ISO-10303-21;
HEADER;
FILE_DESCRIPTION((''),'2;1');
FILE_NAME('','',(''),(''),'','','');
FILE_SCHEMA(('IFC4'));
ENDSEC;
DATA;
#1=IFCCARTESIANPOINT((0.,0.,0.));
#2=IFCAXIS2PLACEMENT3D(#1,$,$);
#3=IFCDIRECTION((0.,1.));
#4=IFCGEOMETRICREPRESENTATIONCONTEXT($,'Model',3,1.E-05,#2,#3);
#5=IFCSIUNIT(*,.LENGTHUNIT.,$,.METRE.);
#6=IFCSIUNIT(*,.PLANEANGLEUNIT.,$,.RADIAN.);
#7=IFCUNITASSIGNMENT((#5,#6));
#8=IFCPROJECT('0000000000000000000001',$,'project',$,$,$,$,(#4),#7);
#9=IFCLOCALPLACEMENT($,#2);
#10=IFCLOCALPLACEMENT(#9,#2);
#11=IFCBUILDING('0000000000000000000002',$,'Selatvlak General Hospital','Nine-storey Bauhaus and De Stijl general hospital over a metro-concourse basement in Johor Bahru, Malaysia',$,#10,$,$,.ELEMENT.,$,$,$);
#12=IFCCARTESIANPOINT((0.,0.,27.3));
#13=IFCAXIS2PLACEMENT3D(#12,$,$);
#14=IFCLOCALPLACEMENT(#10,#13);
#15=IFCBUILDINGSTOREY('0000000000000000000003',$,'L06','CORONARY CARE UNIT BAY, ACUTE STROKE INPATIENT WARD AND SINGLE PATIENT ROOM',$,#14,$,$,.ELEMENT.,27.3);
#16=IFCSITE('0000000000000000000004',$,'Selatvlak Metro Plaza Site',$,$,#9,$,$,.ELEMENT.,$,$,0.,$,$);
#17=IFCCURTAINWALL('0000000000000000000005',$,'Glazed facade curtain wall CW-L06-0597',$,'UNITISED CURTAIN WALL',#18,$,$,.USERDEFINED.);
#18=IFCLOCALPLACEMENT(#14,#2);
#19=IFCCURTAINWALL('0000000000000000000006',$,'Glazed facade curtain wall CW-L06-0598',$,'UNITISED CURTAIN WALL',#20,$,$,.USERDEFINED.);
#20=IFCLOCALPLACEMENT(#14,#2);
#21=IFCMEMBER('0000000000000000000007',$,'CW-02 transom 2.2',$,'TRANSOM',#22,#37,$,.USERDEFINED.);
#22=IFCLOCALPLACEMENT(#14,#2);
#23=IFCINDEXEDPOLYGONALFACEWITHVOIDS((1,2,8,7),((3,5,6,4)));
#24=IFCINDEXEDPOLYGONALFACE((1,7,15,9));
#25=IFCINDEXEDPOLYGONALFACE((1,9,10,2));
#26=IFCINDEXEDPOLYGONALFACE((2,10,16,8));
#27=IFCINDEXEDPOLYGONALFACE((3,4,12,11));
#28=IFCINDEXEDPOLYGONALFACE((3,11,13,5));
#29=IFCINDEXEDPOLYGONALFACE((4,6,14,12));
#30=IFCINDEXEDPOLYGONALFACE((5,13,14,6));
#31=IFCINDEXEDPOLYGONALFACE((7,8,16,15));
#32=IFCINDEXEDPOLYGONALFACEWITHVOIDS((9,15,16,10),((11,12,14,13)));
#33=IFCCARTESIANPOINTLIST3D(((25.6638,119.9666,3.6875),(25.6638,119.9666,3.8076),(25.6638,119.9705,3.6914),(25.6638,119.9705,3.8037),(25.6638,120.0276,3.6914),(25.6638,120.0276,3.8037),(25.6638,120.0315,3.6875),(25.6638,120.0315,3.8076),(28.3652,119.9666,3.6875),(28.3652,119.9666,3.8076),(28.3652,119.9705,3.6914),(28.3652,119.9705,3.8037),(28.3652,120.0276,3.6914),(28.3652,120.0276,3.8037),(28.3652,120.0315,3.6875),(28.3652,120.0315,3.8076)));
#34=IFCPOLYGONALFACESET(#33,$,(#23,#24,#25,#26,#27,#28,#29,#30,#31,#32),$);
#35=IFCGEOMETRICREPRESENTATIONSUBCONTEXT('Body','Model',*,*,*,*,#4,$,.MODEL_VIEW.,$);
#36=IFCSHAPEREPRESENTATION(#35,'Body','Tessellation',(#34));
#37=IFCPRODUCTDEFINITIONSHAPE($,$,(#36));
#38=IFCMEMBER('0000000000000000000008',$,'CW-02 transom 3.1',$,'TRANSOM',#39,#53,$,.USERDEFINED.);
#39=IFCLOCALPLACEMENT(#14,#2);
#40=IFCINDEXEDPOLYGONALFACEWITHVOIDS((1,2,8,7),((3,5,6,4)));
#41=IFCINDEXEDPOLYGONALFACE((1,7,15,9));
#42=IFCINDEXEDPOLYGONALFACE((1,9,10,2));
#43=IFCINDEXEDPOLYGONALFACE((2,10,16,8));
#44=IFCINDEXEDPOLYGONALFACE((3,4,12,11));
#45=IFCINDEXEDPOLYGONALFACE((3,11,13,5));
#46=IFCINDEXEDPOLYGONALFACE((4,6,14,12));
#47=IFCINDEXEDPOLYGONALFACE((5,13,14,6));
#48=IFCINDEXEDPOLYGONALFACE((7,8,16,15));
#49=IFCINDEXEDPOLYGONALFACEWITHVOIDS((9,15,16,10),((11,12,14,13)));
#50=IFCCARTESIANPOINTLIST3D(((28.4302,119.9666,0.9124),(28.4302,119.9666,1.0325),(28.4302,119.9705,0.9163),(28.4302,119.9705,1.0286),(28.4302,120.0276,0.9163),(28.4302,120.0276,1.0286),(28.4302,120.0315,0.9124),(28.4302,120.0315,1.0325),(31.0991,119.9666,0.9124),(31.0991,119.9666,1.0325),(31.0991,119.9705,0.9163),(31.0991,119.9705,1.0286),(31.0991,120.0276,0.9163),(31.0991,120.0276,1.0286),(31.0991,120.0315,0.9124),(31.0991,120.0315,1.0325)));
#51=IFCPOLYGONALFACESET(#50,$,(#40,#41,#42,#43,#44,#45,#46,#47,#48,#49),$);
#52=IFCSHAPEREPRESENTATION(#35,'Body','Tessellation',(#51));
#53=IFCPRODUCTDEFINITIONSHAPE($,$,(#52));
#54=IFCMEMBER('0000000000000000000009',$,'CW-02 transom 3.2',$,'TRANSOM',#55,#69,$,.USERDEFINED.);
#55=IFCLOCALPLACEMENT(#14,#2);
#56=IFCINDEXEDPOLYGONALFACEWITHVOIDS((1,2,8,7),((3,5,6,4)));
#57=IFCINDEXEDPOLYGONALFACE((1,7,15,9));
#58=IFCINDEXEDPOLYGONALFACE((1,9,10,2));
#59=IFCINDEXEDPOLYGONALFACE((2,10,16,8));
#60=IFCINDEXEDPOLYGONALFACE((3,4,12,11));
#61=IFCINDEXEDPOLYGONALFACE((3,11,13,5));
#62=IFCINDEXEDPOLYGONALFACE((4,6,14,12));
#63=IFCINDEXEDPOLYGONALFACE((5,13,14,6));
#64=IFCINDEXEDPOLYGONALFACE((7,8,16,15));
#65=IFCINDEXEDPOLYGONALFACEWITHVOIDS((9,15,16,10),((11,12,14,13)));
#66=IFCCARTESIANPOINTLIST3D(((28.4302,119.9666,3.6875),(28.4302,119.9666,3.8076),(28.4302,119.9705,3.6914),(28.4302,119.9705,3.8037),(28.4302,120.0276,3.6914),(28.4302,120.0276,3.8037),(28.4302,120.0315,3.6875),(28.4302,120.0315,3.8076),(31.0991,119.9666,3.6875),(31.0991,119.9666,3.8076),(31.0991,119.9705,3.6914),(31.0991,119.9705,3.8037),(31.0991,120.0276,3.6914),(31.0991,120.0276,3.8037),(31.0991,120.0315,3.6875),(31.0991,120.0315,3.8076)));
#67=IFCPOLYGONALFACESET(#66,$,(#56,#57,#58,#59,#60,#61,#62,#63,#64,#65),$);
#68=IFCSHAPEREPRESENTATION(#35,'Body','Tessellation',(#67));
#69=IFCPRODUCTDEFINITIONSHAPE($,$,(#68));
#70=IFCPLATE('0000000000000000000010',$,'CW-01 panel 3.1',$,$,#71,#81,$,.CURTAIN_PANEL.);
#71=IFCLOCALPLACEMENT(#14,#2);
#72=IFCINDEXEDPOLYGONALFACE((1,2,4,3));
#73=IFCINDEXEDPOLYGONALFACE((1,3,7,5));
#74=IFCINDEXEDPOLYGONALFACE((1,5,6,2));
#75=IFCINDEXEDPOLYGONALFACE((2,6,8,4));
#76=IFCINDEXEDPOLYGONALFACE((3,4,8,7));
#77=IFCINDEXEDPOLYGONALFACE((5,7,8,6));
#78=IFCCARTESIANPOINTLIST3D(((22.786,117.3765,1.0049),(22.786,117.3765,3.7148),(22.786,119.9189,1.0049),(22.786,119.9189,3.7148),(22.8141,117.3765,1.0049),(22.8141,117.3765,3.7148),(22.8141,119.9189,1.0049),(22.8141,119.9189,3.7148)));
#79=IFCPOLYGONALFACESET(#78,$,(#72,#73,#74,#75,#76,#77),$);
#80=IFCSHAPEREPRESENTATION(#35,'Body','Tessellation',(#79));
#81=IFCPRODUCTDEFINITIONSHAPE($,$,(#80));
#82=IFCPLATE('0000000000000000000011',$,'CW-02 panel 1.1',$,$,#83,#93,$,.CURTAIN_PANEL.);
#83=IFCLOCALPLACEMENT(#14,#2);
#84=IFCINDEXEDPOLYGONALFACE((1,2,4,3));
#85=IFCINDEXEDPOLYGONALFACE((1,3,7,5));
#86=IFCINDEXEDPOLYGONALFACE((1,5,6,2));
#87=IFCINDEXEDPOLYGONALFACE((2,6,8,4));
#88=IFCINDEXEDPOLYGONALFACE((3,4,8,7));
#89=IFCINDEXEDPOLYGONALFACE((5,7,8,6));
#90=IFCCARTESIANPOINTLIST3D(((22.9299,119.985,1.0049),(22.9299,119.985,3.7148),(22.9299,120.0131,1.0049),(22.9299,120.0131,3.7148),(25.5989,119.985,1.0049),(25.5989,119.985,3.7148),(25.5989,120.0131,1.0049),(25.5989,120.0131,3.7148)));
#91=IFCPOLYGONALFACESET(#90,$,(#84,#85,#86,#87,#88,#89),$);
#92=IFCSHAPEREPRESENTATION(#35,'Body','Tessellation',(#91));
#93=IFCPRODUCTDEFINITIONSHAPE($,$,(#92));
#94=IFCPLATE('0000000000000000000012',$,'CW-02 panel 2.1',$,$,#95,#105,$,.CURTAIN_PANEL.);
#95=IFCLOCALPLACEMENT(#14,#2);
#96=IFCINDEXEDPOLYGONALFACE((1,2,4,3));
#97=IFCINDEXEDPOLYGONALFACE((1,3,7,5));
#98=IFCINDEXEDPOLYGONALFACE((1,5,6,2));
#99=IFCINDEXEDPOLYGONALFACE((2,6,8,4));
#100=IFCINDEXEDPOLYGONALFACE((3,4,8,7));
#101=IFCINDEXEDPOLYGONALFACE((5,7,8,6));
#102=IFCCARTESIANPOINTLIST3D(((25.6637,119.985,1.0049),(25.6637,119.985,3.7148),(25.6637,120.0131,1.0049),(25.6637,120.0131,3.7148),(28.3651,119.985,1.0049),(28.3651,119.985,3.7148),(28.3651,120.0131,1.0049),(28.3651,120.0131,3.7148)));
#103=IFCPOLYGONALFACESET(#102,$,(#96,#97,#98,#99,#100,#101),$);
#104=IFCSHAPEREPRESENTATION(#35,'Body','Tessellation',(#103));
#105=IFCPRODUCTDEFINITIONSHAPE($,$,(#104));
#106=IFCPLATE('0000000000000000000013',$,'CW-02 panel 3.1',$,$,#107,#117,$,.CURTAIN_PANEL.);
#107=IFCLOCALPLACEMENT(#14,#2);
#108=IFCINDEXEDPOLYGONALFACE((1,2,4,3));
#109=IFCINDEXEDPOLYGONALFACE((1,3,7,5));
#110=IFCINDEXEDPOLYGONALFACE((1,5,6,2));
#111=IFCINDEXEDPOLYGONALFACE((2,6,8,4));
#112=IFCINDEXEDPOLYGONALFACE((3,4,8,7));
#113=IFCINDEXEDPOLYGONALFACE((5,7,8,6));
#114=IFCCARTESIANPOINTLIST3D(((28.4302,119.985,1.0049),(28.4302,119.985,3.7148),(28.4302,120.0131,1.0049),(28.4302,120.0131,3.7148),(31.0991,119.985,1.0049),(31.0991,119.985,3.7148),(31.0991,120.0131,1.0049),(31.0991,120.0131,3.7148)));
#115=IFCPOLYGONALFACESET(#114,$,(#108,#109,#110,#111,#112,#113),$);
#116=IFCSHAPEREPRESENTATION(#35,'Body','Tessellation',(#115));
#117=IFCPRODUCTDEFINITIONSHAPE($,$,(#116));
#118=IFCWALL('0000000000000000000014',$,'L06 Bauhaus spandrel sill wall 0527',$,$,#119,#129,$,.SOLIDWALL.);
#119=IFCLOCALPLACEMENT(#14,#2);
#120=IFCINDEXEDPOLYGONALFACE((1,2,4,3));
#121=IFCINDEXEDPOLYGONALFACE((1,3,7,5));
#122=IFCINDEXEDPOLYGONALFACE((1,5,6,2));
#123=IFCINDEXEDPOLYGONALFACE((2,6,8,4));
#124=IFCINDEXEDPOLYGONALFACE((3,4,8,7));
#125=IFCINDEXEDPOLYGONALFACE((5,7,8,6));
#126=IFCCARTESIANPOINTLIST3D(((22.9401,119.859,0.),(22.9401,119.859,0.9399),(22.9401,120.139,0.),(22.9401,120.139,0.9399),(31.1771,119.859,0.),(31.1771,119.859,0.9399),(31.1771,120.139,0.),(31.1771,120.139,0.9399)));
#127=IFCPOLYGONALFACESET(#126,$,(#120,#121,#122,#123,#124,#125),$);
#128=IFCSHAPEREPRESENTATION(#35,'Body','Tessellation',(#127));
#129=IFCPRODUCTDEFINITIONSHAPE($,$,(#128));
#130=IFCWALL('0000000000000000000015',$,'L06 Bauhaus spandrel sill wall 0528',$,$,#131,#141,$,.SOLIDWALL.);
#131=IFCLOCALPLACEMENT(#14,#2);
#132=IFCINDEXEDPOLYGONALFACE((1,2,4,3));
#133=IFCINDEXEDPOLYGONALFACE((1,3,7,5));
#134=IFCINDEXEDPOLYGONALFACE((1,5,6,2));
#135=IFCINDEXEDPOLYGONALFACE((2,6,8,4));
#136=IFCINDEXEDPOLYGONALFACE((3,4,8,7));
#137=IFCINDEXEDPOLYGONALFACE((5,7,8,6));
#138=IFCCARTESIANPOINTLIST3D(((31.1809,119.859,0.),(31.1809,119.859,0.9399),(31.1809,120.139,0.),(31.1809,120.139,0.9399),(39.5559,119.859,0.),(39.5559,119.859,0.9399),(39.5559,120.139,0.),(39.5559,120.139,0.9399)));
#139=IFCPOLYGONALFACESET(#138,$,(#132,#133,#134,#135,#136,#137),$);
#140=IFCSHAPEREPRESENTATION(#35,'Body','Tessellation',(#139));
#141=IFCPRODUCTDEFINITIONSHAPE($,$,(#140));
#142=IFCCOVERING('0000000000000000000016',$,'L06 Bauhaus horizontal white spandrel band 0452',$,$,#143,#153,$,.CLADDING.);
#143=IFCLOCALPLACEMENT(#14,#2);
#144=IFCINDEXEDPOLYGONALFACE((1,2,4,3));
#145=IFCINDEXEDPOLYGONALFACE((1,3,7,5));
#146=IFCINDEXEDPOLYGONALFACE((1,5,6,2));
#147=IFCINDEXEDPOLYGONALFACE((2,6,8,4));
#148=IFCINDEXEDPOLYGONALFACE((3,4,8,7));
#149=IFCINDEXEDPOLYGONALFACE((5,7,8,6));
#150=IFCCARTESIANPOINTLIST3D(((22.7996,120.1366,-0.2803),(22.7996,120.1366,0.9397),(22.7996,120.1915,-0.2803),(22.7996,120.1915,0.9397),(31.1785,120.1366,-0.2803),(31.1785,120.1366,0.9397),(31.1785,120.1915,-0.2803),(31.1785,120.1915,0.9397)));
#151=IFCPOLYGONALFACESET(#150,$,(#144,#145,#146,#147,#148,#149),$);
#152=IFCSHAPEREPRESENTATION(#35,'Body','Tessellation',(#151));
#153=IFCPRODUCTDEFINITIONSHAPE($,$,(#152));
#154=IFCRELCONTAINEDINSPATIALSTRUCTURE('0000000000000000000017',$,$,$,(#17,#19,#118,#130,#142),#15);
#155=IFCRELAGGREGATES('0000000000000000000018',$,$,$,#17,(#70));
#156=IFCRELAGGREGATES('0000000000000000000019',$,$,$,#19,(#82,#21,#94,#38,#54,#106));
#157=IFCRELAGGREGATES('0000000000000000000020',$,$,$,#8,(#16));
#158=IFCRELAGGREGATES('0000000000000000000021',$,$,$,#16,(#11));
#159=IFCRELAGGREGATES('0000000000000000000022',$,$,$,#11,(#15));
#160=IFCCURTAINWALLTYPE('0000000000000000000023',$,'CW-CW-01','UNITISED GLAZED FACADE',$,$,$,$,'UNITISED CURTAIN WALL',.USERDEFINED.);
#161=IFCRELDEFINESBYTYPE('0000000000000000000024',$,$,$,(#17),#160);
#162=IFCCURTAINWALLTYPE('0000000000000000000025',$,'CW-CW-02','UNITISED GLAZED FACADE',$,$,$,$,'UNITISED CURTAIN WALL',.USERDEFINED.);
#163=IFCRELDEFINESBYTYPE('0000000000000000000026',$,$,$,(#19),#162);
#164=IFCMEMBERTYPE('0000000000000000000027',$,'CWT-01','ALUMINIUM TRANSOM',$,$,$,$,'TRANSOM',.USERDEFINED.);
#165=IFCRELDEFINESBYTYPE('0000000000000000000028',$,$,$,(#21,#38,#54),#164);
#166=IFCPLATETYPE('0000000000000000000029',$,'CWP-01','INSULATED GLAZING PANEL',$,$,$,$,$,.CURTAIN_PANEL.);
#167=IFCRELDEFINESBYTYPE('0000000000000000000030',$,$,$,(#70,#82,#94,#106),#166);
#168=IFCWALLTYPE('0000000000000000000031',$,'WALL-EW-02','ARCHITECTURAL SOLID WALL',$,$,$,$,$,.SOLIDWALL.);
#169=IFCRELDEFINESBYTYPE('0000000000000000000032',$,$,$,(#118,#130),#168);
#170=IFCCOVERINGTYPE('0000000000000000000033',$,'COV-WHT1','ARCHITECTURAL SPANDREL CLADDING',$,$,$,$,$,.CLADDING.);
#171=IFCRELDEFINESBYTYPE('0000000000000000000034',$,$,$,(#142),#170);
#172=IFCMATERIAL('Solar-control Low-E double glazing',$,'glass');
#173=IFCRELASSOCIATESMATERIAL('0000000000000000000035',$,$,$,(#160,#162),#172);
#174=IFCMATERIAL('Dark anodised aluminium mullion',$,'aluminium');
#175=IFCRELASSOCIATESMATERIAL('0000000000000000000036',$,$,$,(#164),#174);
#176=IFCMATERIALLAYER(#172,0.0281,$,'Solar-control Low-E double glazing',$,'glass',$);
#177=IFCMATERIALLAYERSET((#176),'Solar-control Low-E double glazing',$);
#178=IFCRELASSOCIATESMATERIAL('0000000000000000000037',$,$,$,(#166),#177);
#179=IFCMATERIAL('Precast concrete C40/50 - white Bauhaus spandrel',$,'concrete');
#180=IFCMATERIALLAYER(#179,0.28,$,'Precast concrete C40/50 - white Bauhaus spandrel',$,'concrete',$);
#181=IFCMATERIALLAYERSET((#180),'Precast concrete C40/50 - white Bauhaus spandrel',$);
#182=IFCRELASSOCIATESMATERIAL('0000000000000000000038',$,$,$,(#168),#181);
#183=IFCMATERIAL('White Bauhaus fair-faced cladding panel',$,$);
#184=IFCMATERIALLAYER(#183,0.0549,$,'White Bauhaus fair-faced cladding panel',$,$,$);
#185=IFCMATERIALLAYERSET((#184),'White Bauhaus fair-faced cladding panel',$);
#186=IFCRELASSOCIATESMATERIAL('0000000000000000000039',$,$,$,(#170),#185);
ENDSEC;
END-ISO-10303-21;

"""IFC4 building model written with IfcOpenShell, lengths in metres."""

from ifc_helpers import new_model, si_unit, direction, frame, frame_2d, origin, origin_2d, place, context, subcontext, project, spatial, rectangle, hollow_rectangle, extrude, material, layer, layer_set, material_profile, profile_set, type_object, element, aggregate, save


model = new_model("IFC4")

# Units and contexts
model_context = context("Model", 3, precision=1e-05, world=origin(), true_north=direction((0.0, 1.0)))
body_context = subcontext(model_context, "Body", "Model", "MODEL_VIEW")
ifc_project = project(units=[si_unit("LENGTHUNIT", "METRE"), si_unit("PLANEANGLEUNIT", "RADIAN")], contexts=[model_context])

# Site, building, storey
site_placement = place(None, origin())
site = spatial("IfcSite", under=ifc_project, at=site_placement, Name="Selatvlak Metro Plaza Site", CompositionType="ELEMENT", RefElevation=0.0)
building_placement = place(site_placement, origin())
building = spatial("IfcBuilding", under=site, at=building_placement, Name="Selatvlak General Hospital", Description="Nine-storey Bauhaus and De Stijl general hospital over a metro-concourse basement in Johor Bahru, Malaysia", CompositionType="ELEMENT")
storey_placement = place(building_placement, frame((0.0, 0.0, 27.3)))
storey = spatial("IfcBuildingStorey", under=building, at=storey_placement, Name="L06", Description="CORONARY CARE UNIT BAY, ACUTE STROKE INPATIENT WARD AND SINGLE PATIENT ROOM", CompositionType="ELEMENT", Elevation=27.3)

# Curtain wall
ifc_material_1 = material(Name="Solar-control Low-E double glazing", Category="glass")
curtain_wall_type_1 = type_object("IfcCurtainWallType", Name="CW-CW-01", Description="UNITISED GLAZED FACADE", ElementType="UNITISED CURTAIN WALL", PredefinedType="USERDEFINED", material=ifc_material_1)
curtain_wall_1_placement = place(storey_placement, origin())
curtain_wall_1 = element("IfcCurtainWall", 1, at=curtain_wall_1_placement, inside=storey, type_object=curtain_wall_type_1, Name="Glazed facade curtain wall CW-L06-0597", ObjectType="UNITISED CURTAIN WALL", PredefinedType="USERDEFINED")
ifc_material_2 = material(Name="Dark anodised aluminium mullion", Category="aluminium")

# Curtain wall
curtain_wall_type_2 = type_object("IfcCurtainWallType", Name="CW-CW-02", Description="UNITISED GLAZED FACADE", ElementType="UNITISED CURTAIN WALL", PredefinedType="USERDEFINED", material=ifc_material_1)
curtain_wall_2_placement = place(storey_placement, origin())
curtain_wall_2 = element("IfcCurtainWall", 2, at=curtain_wall_2_placement, inside=storey, type_object=curtain_wall_type_2, Name="Glazed facade curtain wall CW-L06-0598", ObjectType="UNITISED CURTAIN WALL", PredefinedType="USERDEFINED")

# Members
ifc_material_profile_1 = material_profile(ifc_material_2, hollow_rectangle(XDim=0.0649, YDim=0.1201, WallThickness=0.0039, at=origin_2d()), Name="AL-TRN 65x120x4")
ifc_profile_set_1 = profile_set([ifc_material_profile_1], Name="Dark anodised aluminium mullion")
member_type_1 = type_object("IfcMemberType", Name="CWT-01", Description="ALUMINIUM TRANSOM", ElementType="TRANSOM", PredefinedType="USERDEFINED", material=ifc_profile_set_1)
member_1_placement = place(storey_placement, frame((25.6638, 119.999, 3.7476), z_axis=(1.0, 0.0, 0.0), x_axis=(0.0, 1.0, 0.0)))
member_1 = element("IfcMember", 3, at=member_1_placement, type_object=member_type_1, Name="CW-02 transom 2.2", ObjectType="TRANSOM", PredefinedType="USERDEFINED", context=body_context, shape_type="SweptSolid", body=[
    extrude(hollow_rectangle(XDim=0.0649, YDim=0.1201, WallThickness=0.0039, at=origin_2d()), origin(), (0.0, 0.0, 1.0), 2.7014),
])
member_2_placement = place(storey_placement, frame((28.4302, 119.999, 0.9724), z_axis=(1.0, 0.0, 0.0), x_axis=(0.0, 1.0, 0.0)))
member_2 = element("IfcMember", 4, at=member_2_placement, type_object=member_type_1, Name="CW-02 transom 3.1", ObjectType="TRANSOM", PredefinedType="USERDEFINED", context=body_context, shape_type="SweptSolid", body=[
    extrude(hollow_rectangle(XDim=0.0649, YDim=0.1201, WallThickness=0.0039, at=origin_2d()), origin(), (0.0, 0.0, 1.0), 2.6689),
])
member_3_placement = place(storey_placement, frame((28.4302, 119.999, 3.7476), z_axis=(1.0, 0.0, 0.0), x_axis=(0.0, 1.0, 0.0)))
member_3 = element("IfcMember", 5, at=member_3_placement, type_object=member_type_1, Name="CW-02 transom 3.2", ObjectType="TRANSOM", PredefinedType="USERDEFINED", context=body_context, shape_type="SweptSolid", body=[
    extrude(hollow_rectangle(XDim=0.0649, YDim=0.1201, WallThickness=0.0039, at=origin_2d()), origin(), (0.0, 0.0, 1.0), 2.6689),
])

# Plates
ifc_layer_1 = layer(ifc_material_1, 0.0281, Name="Solar-control Low-E double glazing", Category="glass")
ifc_layer_set_1 = layer_set([ifc_layer_1], Name="Solar-control Low-E double glazing")
plate_type = type_object("IfcPlateType", Name="CWP-01", Description="INSULATED GLAZING PANEL", PredefinedType="CURTAIN_PANEL", material=ifc_layer_set_1)
plate_1_placement = place(storey_placement, frame((22.8, 118.6477, 1.0049), z_axis=(0.0, 0.0, 1.0), x_axis=(0.0, 1.0, 0.0)))
plate_1 = element("IfcPlate", 6, at=plate_1_placement, type_object=plate_type, Name="CW-01 panel 3.1", PredefinedType="CURTAIN_PANEL", context=body_context, shape_type="SweptSolid", body=[
    extrude(rectangle(XDim=2.5425, YDim=0.0281, at=origin_2d()), origin(), (0.0, 0.0, 1.0), 2.71),
])
aggregate(curtain_wall_1, [plate_1])
plate_2_placement = place(storey_placement, frame((24.2644, 119.999, 1.0049), z_axis=(0.0, 0.0, 1.0), x_axis=(1.0, 0.0, 0.0)))
plate_2 = element("IfcPlate", 7, at=plate_2_placement, type_object=plate_type, Name="CW-02 panel 1.1", PredefinedType="CURTAIN_PANEL", context=body_context, shape_type="SweptSolid", body=[
    extrude(rectangle(XDim=2.6689, YDim=0.0281, at=origin_2d()), origin(), (0.0, 0.0, 1.0), 2.71),
])
plate_3_placement = place(storey_placement, frame((27.0144, 119.999, 1.0049), z_axis=(0.0, 0.0, 1.0), x_axis=(1.0, 0.0, 0.0)))
plate_3 = element("IfcPlate", 8, at=plate_3_placement, type_object=plate_type, Name="CW-02 panel 2.1", PredefinedType="CURTAIN_PANEL", context=body_context, shape_type="SweptSolid", body=[
    extrude(rectangle(XDim=2.7014, YDim=0.0281, at=origin_2d()), origin(), (0.0, 0.0, 1.0), 2.71),
])
plate_4_placement = place(storey_placement, frame((29.7646, 119.999, 1.0049), z_axis=(0.0, 0.0, 1.0), x_axis=(1.0, 0.0, 0.0)))
plate_4 = element("IfcPlate", 9, at=plate_4_placement, type_object=plate_type, Name="CW-02 panel 3.1", PredefinedType="CURTAIN_PANEL", context=body_context, shape_type="SweptSolid", body=[
    extrude(rectangle(XDim=2.6689, YDim=0.0281, at=origin_2d()), origin(), (0.0, 0.0, 1.0), 2.71),
])
aggregate(curtain_wall_2, [plate_2, member_1, plate_3, member_2, member_3, plate_4])

# Walls
ifc_material_3 = material(Name="Precast concrete C40/50 - white Bauhaus spandrel", Category="concrete")
ifc_layer_2 = layer(ifc_material_3, 0.28, Name="Precast concrete C40/50 - white Bauhaus spandrel", Category="concrete")
ifc_layer_set_2 = layer_set([ifc_layer_2], Name="Precast concrete C40/50 - white Bauhaus spandrel")
wall_type = type_object("IfcWallType", Name="WALL-EW-02", Description="ARCHITECTURAL SOLID WALL", PredefinedType="SOLIDWALL", material=ifc_layer_set_2)
wall_1_placement = place(storey_placement, frame((22.9399, 119.999, 0.0), z_axis=(0.0, 0.0, 1.0), x_axis=(1.0, 0.0, 0.0)))
element("IfcWall", 10, at=wall_1_placement, inside=storey, type_object=wall_type, Name="L06 Bauhaus spandrel sill wall 0527", PredefinedType="SOLIDWALL", context=body_context, shape_type="SweptSolid", body=[
    extrude(rectangle(XDim=8.2371, YDim=0.28, at=frame_2d((4.1187, 0.0))), origin(), (0.0, 0.0, 1.0), 0.9399),
])
wall_2_placement = place(storey_placement, frame((31.1809, 119.999, 0.0), z_axis=(0.0, 0.0, 1.0), x_axis=(1.0, 0.0, 0.0)))
element("IfcWall", 11, at=wall_2_placement, inside=storey, type_object=wall_type, Name="L06 Bauhaus spandrel sill wall 0528", PredefinedType="SOLIDWALL", context=body_context, shape_type="SweptSolid", body=[
    extrude(rectangle(XDim=8.375, YDim=0.28, at=frame_2d((4.1875, 0.0))), origin(), (0.0, 0.0, 1.0), 0.9399),
])

# Covering
ifc_material_4 = material(Name="White Bauhaus fair-faced cladding panel")
ifc_layer_3 = layer(ifc_material_4, 0.0549, Name="White Bauhaus fair-faced cladding panel")
ifc_layer_set_3 = layer_set([ifc_layer_3], Name="White Bauhaus fair-faced cladding panel")
covering_type = type_object("IfcCoveringType", Name="COV-WHT1", Description="ARCHITECTURAL SPANDREL CLADDING", PredefinedType="CLADDING", material=ifc_layer_set_3)
covering_placement = place(storey_placement, frame((26.989, 120.1641, -0.2803), z_axis=(0.0, 0.0, 1.0), x_axis=(1.0, 0.0, 0.0)))
element("IfcCovering", 12, at=covering_placement, inside=storey, type_object=covering_type, Name="L06 Bauhaus horizontal white spandrel band 0452", PredefinedType="CLADDING", context=body_context, shape_type="SweptSolid", body=[
    extrude(rectangle(XDim=8.3789, YDim=0.0549, at=origin_2d()), origin(), (0.0, 0.0, 1.0), 1.22),
])

save(model, "model.ifc")
